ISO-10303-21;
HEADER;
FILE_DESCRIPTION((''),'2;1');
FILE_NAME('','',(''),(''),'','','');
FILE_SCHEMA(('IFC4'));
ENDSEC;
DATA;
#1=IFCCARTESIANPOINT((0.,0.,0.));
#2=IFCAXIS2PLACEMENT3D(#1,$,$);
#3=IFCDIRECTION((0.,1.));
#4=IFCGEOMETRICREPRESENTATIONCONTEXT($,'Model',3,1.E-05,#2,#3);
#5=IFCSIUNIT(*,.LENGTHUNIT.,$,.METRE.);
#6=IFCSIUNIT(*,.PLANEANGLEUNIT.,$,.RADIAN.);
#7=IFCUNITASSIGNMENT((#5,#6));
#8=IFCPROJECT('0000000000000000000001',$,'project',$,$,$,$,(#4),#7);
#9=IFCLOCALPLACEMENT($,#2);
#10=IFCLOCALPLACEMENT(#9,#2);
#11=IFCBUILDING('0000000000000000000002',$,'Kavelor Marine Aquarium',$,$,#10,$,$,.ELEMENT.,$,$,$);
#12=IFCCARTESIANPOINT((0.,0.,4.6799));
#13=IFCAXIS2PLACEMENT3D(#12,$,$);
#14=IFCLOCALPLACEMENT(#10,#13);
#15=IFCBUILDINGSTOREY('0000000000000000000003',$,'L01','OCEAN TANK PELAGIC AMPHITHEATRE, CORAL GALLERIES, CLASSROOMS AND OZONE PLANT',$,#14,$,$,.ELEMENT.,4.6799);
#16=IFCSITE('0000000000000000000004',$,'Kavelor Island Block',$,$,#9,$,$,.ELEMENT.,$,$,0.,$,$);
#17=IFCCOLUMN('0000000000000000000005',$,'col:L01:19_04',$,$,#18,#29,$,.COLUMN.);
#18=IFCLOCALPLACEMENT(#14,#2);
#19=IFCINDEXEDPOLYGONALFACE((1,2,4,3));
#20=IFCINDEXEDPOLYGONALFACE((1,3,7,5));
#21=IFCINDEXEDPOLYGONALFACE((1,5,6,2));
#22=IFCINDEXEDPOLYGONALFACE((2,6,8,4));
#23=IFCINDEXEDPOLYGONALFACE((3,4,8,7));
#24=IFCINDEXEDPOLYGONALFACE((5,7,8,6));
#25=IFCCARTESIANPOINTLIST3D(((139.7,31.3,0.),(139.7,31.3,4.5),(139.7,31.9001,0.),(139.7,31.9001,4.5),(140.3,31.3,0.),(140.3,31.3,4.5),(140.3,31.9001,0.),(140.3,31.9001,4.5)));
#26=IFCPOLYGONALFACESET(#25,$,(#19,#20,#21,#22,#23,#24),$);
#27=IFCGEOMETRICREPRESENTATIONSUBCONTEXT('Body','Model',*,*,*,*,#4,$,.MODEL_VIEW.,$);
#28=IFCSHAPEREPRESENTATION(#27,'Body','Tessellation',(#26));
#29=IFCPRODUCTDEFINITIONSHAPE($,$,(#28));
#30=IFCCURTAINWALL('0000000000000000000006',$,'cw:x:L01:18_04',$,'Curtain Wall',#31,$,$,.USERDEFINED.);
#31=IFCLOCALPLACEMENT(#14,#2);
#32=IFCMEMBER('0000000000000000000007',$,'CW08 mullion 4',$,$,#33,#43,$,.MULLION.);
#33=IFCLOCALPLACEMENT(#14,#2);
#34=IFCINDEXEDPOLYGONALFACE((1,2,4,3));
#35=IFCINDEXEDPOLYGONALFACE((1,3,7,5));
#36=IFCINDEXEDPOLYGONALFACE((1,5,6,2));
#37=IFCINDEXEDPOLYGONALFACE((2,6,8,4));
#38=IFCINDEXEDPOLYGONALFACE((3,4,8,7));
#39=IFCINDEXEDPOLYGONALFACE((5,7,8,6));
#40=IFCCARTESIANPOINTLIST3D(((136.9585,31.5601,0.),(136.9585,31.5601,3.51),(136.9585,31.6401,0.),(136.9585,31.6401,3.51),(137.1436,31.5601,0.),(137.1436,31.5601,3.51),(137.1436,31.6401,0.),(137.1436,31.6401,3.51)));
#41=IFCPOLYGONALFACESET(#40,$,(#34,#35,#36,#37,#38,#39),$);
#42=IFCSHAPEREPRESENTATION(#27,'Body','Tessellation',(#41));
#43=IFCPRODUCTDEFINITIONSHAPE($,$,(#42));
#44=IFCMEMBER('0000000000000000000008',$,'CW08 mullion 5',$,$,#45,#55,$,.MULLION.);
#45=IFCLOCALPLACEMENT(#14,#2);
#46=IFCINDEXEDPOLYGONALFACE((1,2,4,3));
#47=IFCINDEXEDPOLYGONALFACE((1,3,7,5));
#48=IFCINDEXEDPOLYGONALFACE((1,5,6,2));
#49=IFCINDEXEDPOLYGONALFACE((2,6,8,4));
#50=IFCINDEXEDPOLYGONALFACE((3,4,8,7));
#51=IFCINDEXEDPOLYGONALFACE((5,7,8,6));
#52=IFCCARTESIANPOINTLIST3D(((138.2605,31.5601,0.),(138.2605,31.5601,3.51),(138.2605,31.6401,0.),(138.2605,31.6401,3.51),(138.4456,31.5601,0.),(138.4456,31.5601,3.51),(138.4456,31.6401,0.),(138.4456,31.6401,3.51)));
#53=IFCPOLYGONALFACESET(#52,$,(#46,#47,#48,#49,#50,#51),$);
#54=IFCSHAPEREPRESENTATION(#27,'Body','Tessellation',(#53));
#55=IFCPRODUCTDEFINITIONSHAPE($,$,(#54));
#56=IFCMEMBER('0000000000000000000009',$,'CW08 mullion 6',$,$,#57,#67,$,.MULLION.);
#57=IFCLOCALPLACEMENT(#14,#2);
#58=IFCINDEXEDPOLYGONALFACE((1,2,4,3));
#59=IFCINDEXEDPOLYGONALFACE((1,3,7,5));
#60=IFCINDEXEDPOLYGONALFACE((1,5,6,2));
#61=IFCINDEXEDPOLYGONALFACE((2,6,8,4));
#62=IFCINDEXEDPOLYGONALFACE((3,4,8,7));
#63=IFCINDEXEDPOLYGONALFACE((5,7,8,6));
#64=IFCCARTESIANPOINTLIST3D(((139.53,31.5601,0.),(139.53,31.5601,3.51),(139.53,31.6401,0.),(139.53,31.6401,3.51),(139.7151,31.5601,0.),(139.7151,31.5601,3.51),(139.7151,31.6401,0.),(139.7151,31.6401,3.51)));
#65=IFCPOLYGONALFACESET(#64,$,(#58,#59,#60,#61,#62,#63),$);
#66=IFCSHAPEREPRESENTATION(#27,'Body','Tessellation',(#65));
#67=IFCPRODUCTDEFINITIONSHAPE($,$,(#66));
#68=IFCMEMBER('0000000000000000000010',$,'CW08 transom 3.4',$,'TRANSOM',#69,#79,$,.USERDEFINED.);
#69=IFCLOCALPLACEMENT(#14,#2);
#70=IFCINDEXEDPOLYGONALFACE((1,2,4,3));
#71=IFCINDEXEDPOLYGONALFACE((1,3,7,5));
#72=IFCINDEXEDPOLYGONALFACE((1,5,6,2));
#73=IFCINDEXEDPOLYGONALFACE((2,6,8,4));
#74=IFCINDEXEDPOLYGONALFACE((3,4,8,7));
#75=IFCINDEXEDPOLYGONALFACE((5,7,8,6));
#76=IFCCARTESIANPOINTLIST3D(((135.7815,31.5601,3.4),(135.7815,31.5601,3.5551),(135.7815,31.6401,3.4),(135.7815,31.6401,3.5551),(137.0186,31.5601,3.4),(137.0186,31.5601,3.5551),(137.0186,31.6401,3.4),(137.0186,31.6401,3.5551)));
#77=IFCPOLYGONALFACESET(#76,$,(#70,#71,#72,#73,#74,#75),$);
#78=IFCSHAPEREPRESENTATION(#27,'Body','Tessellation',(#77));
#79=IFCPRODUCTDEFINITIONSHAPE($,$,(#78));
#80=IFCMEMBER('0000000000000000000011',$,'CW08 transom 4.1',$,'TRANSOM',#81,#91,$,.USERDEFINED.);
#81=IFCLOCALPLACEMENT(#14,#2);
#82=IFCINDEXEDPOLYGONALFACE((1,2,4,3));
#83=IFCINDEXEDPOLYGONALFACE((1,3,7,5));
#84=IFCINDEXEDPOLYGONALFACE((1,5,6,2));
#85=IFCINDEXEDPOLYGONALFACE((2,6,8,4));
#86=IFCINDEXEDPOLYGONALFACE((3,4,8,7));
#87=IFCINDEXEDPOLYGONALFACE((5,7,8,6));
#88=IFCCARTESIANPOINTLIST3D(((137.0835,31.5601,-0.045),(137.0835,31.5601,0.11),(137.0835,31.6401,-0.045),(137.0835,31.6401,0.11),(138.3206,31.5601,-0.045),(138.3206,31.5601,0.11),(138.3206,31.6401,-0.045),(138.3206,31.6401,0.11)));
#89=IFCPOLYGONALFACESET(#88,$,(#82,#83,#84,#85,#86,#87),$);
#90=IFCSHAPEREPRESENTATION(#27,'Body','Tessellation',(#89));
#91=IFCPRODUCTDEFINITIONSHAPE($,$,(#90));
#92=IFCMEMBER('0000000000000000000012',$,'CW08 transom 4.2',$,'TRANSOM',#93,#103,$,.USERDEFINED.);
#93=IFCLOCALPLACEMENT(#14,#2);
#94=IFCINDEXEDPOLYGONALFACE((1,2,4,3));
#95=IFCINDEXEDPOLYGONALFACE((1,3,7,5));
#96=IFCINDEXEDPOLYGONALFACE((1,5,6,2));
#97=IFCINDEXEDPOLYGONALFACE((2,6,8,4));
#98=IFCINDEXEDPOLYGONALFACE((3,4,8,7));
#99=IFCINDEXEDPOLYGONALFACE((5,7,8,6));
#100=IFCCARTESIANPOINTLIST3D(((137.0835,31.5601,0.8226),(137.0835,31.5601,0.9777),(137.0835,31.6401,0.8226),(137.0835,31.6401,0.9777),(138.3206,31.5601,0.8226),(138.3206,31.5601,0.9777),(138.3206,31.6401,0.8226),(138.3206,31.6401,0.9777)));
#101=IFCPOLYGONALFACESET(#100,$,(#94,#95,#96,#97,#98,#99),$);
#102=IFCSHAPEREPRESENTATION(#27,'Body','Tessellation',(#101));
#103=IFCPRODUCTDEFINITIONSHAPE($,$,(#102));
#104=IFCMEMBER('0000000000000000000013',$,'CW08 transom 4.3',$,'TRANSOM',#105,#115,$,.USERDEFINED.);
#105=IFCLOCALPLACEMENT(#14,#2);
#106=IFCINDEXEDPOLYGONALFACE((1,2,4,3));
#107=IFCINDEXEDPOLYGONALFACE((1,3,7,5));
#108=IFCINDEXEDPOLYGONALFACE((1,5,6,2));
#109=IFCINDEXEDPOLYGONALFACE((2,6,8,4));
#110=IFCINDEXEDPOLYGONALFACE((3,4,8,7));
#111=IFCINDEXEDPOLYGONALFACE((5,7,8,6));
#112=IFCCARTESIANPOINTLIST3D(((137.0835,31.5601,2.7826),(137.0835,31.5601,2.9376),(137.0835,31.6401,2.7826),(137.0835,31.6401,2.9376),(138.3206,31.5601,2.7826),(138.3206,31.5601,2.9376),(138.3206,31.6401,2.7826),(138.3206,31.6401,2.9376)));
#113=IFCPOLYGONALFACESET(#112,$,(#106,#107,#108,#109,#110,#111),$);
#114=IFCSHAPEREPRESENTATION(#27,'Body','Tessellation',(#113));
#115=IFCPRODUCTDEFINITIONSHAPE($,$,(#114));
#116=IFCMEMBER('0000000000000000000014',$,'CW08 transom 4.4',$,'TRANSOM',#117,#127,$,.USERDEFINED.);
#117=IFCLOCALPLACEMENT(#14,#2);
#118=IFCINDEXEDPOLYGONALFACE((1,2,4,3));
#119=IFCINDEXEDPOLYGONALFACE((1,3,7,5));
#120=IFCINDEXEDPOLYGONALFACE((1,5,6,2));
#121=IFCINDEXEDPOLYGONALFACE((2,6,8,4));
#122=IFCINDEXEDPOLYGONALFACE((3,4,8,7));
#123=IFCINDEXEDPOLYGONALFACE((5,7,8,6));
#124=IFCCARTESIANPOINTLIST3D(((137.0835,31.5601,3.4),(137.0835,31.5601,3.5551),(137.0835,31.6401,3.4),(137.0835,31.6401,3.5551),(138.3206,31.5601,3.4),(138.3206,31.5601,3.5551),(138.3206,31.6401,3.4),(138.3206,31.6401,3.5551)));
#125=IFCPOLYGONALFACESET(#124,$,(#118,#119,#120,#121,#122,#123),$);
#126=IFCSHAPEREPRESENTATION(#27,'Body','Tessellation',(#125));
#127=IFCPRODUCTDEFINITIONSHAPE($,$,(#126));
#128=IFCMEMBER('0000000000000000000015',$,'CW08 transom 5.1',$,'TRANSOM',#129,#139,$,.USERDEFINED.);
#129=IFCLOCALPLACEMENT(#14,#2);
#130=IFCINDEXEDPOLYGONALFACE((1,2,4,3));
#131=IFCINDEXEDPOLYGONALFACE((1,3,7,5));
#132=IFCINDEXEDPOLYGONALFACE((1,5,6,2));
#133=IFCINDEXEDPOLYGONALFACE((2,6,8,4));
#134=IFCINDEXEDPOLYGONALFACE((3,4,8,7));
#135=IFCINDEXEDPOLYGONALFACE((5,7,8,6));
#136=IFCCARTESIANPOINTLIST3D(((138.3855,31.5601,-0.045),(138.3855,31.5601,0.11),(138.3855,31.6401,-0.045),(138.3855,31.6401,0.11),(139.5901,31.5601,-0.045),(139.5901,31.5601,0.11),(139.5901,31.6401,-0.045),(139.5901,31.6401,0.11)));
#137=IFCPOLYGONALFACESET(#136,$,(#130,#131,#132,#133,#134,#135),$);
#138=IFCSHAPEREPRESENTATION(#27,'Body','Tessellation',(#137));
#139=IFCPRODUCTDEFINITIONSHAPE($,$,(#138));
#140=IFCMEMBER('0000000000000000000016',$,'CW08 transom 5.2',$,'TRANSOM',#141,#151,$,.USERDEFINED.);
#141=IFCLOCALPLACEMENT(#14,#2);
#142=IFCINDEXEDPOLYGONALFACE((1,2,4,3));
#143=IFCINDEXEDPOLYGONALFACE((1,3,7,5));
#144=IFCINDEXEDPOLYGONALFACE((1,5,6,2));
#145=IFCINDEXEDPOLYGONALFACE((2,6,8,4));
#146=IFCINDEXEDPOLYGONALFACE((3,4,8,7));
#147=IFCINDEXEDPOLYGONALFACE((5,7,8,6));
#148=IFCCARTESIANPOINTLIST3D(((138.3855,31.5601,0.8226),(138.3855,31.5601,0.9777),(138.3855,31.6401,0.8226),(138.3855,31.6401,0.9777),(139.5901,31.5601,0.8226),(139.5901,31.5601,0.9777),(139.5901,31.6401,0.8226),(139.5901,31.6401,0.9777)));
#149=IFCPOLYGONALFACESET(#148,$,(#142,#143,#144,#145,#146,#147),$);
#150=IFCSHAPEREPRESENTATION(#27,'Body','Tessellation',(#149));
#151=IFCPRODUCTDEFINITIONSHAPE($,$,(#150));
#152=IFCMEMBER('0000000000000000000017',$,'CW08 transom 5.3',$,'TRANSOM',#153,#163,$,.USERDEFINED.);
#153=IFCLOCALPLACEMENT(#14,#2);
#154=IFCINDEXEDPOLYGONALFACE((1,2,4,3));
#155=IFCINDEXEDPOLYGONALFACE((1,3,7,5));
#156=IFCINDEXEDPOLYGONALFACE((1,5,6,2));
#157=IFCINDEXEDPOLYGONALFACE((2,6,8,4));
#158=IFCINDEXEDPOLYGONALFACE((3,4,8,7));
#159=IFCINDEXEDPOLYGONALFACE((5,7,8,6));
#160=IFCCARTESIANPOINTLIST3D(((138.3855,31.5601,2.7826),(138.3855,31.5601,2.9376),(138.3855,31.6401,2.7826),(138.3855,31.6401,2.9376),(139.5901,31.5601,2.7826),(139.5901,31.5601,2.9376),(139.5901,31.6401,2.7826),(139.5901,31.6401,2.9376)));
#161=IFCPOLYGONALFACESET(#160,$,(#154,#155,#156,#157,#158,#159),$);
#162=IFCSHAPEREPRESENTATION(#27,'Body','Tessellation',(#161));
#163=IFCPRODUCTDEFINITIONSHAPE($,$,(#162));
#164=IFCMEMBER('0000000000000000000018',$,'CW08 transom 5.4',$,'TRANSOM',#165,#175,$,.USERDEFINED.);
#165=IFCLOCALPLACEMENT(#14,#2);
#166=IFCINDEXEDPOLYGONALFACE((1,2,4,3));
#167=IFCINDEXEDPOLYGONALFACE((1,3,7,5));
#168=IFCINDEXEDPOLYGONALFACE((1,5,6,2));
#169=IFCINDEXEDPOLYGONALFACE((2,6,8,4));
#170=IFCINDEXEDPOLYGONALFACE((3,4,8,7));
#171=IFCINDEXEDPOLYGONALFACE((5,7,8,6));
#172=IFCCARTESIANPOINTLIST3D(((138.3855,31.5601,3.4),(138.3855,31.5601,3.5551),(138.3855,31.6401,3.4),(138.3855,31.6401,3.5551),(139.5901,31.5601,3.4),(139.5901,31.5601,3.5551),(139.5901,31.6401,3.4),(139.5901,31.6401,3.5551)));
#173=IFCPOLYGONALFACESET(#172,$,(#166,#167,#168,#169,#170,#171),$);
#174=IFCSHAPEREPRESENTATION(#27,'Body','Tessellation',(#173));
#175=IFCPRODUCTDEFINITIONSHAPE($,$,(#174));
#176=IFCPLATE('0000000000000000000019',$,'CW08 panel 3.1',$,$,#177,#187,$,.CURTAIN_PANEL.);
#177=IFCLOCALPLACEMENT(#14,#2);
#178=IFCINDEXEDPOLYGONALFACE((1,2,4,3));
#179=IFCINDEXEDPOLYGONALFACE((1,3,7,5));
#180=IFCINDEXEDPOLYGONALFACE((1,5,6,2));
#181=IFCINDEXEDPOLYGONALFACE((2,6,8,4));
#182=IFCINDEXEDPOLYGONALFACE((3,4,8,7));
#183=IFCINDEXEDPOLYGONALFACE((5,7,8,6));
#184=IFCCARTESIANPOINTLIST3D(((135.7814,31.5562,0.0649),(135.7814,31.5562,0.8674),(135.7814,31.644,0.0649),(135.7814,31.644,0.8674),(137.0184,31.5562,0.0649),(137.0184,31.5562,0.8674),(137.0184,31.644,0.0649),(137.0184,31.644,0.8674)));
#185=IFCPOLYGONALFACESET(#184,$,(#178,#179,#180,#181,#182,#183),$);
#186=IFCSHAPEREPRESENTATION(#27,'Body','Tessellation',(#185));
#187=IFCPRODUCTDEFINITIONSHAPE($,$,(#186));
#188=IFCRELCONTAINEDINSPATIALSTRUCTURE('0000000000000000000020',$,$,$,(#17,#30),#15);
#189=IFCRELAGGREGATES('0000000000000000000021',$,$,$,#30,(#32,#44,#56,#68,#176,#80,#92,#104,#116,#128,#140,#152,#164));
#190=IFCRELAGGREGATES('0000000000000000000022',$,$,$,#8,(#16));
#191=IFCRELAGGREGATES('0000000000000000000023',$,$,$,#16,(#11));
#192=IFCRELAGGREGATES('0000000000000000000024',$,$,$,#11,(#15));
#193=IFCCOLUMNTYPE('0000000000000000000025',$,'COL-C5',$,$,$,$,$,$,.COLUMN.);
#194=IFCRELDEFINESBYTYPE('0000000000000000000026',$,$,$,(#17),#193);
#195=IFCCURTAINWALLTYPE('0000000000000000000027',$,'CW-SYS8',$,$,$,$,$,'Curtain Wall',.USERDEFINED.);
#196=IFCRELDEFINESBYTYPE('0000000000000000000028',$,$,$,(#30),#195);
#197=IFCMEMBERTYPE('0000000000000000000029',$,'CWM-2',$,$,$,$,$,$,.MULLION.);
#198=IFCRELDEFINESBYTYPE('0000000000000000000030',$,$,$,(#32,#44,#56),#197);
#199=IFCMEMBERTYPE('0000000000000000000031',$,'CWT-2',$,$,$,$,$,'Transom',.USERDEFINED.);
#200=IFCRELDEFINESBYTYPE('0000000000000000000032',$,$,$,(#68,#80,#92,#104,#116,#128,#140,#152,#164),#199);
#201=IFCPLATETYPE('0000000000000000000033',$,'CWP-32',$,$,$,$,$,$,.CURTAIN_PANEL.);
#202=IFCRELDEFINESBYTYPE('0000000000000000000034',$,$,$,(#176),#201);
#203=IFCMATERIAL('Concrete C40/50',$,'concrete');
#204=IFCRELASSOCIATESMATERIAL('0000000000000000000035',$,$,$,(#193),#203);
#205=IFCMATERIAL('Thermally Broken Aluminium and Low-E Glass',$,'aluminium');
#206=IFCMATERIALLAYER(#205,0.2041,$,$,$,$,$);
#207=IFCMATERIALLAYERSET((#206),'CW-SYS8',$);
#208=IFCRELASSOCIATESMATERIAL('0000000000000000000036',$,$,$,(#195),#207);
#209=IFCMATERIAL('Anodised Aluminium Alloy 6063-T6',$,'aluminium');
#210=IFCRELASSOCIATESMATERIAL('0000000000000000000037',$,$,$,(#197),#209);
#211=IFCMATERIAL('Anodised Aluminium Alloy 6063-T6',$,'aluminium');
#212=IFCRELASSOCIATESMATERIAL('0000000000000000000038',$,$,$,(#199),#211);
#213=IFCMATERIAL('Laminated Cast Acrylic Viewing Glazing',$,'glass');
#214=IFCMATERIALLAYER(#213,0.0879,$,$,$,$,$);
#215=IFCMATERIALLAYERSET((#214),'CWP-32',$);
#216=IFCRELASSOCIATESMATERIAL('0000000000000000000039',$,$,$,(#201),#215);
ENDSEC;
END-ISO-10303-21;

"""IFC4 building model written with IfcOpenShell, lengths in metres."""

from ifc_helpers import new_model, si_unit, direction, frame, origin, origin_2d, place, context, subcontext, project, spatial, rectangle, extrude, material, layer, layer_set, material_profile, profile_set, type_object, element, aggregate, save


model = new_model("IFC4")

# Units and contexts
model_context = context("Model", 3, precision=1e-05, world=origin(), true_north=direction((0.0, 1.0)))
body_context = subcontext(model_context, "Body", "Model", "MODEL_VIEW")
ifc_project = project(units=[si_unit("LENGTHUNIT", "METRE"), si_unit("PLANEANGLEUNIT", "RADIAN")], contexts=[model_context])

# Site, building, storey
site_placement = place(None, origin())
site = spatial("IfcSite", under=ifc_project, at=site_placement, Name="Kavelor Island Block", CompositionType="ELEMENT", RefElevation=0.0)
building_placement = place(site_placement, origin())
building = spatial("IfcBuilding", under=site, at=building_placement, Name="Kavelor Marine Aquarium", CompositionType="ELEMENT")
storey_placement = place(building_placement, frame((0.0, 0.0, 4.6799)))
storey = spatial("IfcBuildingStorey", under=building, at=storey_placement, Name="L01", Description="OCEAN TANK PELAGIC AMPHITHEATRE, CORAL GALLERIES, CLASSROOMS AND OZONE PLANT", CompositionType="ELEMENT", Elevation=4.6799)

# Column
ifc_material_1 = material(Name="Concrete C40/50", Category="concrete")
ifc_material_profile_1 = material_profile(ifc_material_1, rectangle(XDim=0.6001, YDim=0.6001, at=origin_2d()), Name="RC-COL 600x600")
ifc_profile_set_1 = profile_set([ifc_material_profile_1], Name="Concrete C40/50")
column_type = type_object("IfcColumnType", Name="COL-C5", PredefinedType="COLUMN", material=ifc_profile_set_1)
column_placement = place(storey_placement, frame((140.0, 31.6001, 0.0), z_axis=(0.0, 0.0, 1.0), x_axis=(1.0, 0.0, 0.0)))
element("IfcColumn", 1, at=column_placement, inside=storey, type_object=column_type, Name="col:L01:19_04", PredefinedType="COLUMN", context=body_context, shape_type="SweptSolid", body=[
    extrude(rectangle(XDim=0.6001, YDim=0.6001, at=origin_2d()), origin(), (0.0, 0.0, 1.0), 4.5),
])

# Curtain wall, members, plate
ifc_material_2 = material(Name="Thermally Broken Aluminium and Low-E Glass", Category="aluminium")
ifc_layer_1 = layer(ifc_material_2, 0.2041)
ifc_layer_set_1 = layer_set([ifc_layer_1], Name="CW-SYS8")
curtain_wall_type = type_object("IfcCurtainWallType", Name="CW-SYS8", ElementType="Curtain Wall", PredefinedType="USERDEFINED", material=ifc_layer_set_1)
curtain_wall_placement = place(storey_placement, origin())
curtain_wall = element("IfcCurtainWall", 2, at=curtain_wall_placement, inside=storey, type_object=curtain_wall_type, Name="cw:x:L01:18_04", ObjectType="Curtain Wall", PredefinedType="USERDEFINED")
ifc_material_3 = material(Name="Anodised Aluminium Alloy 6063-T6", Category="aluminium")
ifc_material_profile_2 = material_profile(ifc_material_3, rectangle(XDim=0.0801, YDim=0.1851, at=origin_2d()), Name="CW-MUL 80x185")
ifc_profile_set_2 = profile_set([ifc_material_profile_2], Name="Anodised Aluminium Alloy 6063-T6")
member_type_1 = type_object("IfcMemberType", Name="CWM-2", PredefinedType="MULLION", material=ifc_profile_set_2)
member_1_placement = place(storey_placement, frame((137.051, 31.6001, 0.0), z_axis=(0.0, 0.0, 1.0), x_axis=(0.0, 1.0, 0.0)))
member_1 = element("IfcMember", 3, at=member_1_placement, type_object=member_type_1, Name="CW08 mullion 4", PredefinedType="MULLION", context=body_context, shape_type="SweptSolid", body=[
    extrude(rectangle(XDim=0.0801, YDim=0.1851, at=origin_2d()), origin(), (0.0, 0.0, 1.0), 3.51),
])
member_2_placement = place(storey_placement, frame((138.353, 31.6001, 0.0), z_axis=(0.0, 0.0, 1.0), x_axis=(0.0, 1.0, 0.0)))
member_2 = element("IfcMember", 4, at=member_2_placement, type_object=member_type_1, Name="CW08 mullion 5", PredefinedType="MULLION", context=body_context, shape_type="SweptSolid", body=[
    extrude(rectangle(XDim=0.0801, YDim=0.1851, at=origin_2d()), origin(), (0.0, 0.0, 1.0), 3.51),
])
member_3_placement = place(storey_placement, frame((139.6226, 31.6001, 0.0), z_axis=(0.0, 0.0, 1.0), x_axis=(0.0, 1.0, 0.0)))
member_3 = element("IfcMember", 5, at=member_3_placement, type_object=member_type_1, Name="CW08 mullion 6", PredefinedType="MULLION", context=body_context, shape_type="SweptSolid", body=[
    extrude(rectangle(XDim=0.0801, YDim=0.1851, at=origin_2d()), origin(), (0.0, 0.0, 1.0), 3.51),
])
ifc_material_4 = material(Name="Anodised Aluminium Alloy 6063-T6", Category="aluminium")
ifc_material_profile_3 = material_profile(ifc_material_4, rectangle(XDim=0.0801, YDim=0.155, at=origin_2d()), Name="CW-TRN 80x155")
ifc_profile_set_3 = profile_set([ifc_material_profile_3], Name="Anodised Aluminium Alloy 6063-T6")
member_type_2 = type_object("IfcMemberType", Name="CWT-2", ElementType="Transom", PredefinedType="USERDEFINED", material=ifc_profile_set_3)
member_4_placement = place(storey_placement, frame((135.7815, 31.6001, 3.4775), z_axis=(1.0, 0.0, 0.0), x_axis=(0.0, 1.0, 0.0)))
member_4 = element("IfcMember", 6, at=member_4_placement, type_object=member_type_2, Name="CW08 transom 3.4", ObjectType="TRANSOM", PredefinedType="USERDEFINED", context=body_context, shape_type="SweptSolid", body=[
    extrude(rectangle(XDim=0.0801, YDim=0.155, at=origin_2d()), origin(), (0.0, 0.0, 1.0), 1.2371),
])
member_5_placement = place(storey_placement, frame((137.0835, 31.6001, 0.0325), z_axis=(1.0, 0.0, 0.0), x_axis=(0.0, 1.0, 0.0)))
member_5 = element("IfcMember", 7, at=member_5_placement, type_object=member_type_2, Name="CW08 transom 4.1", ObjectType="TRANSOM", PredefinedType="USERDEFINED", context=body_context, shape_type="SweptSolid", body=[
    extrude(rectangle(XDim=0.0801, YDim=0.155, at=origin_2d()), origin(), (0.0, 0.0, 1.0), 1.2371),
])
member_6_placement = place(storey_placement, frame((137.0835, 31.6001, 0.9001), z_axis=(1.0, 0.0, 0.0), x_axis=(0.0, 1.0, 0.0)))
member_6 = element("IfcMember", 8, at=member_6_placement, type_object=member_type_2, Name="CW08 transom 4.2", ObjectType="TRANSOM", PredefinedType="USERDEFINED", context=body_context, shape_type="SweptSolid", body=[
    extrude(rectangle(XDim=0.0801, YDim=0.155, at=origin_2d()), origin(), (0.0, 0.0, 1.0), 1.2371),
])
member_7_placement = place(storey_placement, frame((137.0835, 31.6001, 2.8601), z_axis=(1.0, 0.0, 0.0), x_axis=(0.0, 1.0, 0.0)))
member_7 = element("IfcMember", 9, at=member_7_placement, type_object=member_type_2, Name="CW08 transom 4.3", ObjectType="TRANSOM", PredefinedType="USERDEFINED", context=body_context, shape_type="SweptSolid", body=[
    extrude(rectangle(XDim=0.0801, YDim=0.155, at=origin_2d()), origin(), (0.0, 0.0, 1.0), 1.2371),
])
member_8_placement = place(storey_placement, frame((137.0835, 31.6001, 3.4775), z_axis=(1.0, 0.0, 0.0), x_axis=(0.0, 1.0, 0.0)))
member_8 = element("IfcMember", 10, at=member_8_placement, type_object=member_type_2, Name="CW08 transom 4.4", ObjectType="TRANSOM", PredefinedType="USERDEFINED", context=body_context, shape_type="SweptSolid", body=[
    extrude(rectangle(XDim=0.0801, YDim=0.155, at=origin_2d()), origin(), (0.0, 0.0, 1.0), 1.2371),
])
member_9_placement = place(storey_placement, frame((138.3855, 31.6001, 0.0325), z_axis=(1.0, 0.0, 0.0), x_axis=(0.0, 1.0, 0.0)))
member_9 = element("IfcMember", 11, at=member_9_placement, type_object=member_type_2, Name="CW08 transom 5.1", ObjectType="TRANSOM", PredefinedType="USERDEFINED", context=body_context, shape_type="SweptSolid", body=[
    extrude(rectangle(XDim=0.0801, YDim=0.155, at=origin_2d()), origin(), (0.0, 0.0, 1.0), 1.2046),
])
member_10_placement = place(storey_placement, frame((138.3855, 31.6001, 0.9001), z_axis=(1.0, 0.0, 0.0), x_axis=(0.0, 1.0, 0.0)))
member_10 = element("IfcMember", 12, at=member_10_placement, type_object=member_type_2, Name="CW08 transom 5.2", ObjectType="TRANSOM", PredefinedType="USERDEFINED", context=body_context, shape_type="SweptSolid", body=[
    extrude(rectangle(XDim=0.0801, YDim=0.155, at=origin_2d()), origin(), (0.0, 0.0, 1.0), 1.2046),
])
member_11_placement = place(storey_placement, frame((138.3855, 31.6001, 2.8601), z_axis=(1.0, 0.0, 0.0), x_axis=(0.0, 1.0, 0.0)))
member_11 = element("IfcMember", 13, at=member_11_placement, type_object=member_type_2, Name="CW08 transom 5.3", ObjectType="TRANSOM", PredefinedType="USERDEFINED", context=body_context, shape_type="SweptSolid", body=[
    extrude(rectangle(XDim=0.0801, YDim=0.155, at=origin_2d()), origin(), (0.0, 0.0, 1.0), 1.2046),
])
member_12_placement = place(storey_placement, frame((138.3855, 31.6001, 3.4775), z_axis=(1.0, 0.0, 0.0), x_axis=(0.0, 1.0, 0.0)))
member_12 = element("IfcMember", 14, at=member_12_placement, type_object=member_type_2, Name="CW08 transom 5.4", ObjectType="TRANSOM", PredefinedType="USERDEFINED", context=body_context, shape_type="SweptSolid", body=[
    extrude(rectangle(XDim=0.0801, YDim=0.155, at=origin_2d()), origin(), (0.0, 0.0, 1.0), 1.2046),
])
ifc_material_5 = material(Name="Laminated Cast Acrylic Viewing Glazing", Category="glass")
ifc_layer_2 = layer(ifc_material_5, 0.0879)
ifc_layer_set_2 = layer_set([ifc_layer_2], Name="CWP-32")
plate_type = type_object("IfcPlateType", Name="CWP-32", PredefinedType="CURTAIN_PANEL", material=ifc_layer_set_2)
plate_1_placement = place(storey_placement, frame((136.3999, 31.6001, 0.0649), z_axis=(0.0, 0.0, 1.0), x_axis=(1.0, 0.0, 0.0)))
plate_1 = element("IfcPlate", 15, at=plate_1_placement, type_object=plate_type, Name="CW08 panel 3.1", PredefinedType="CURTAIN_PANEL", context=body_context, shape_type="SweptSolid", body=[
    extrude(rectangle(XDim=1.2371, YDim=0.0879, at=origin_2d()), origin(), (0.0, 0.0, 1.0), 0.8025),
])
aggregate(curtain_wall, [member_1, member_2, member_3, member_4, plate_1, member_5, member_6, member_7, member_8, member_9, member_10, member_11, member_12])

save(model, "model.ifc")
